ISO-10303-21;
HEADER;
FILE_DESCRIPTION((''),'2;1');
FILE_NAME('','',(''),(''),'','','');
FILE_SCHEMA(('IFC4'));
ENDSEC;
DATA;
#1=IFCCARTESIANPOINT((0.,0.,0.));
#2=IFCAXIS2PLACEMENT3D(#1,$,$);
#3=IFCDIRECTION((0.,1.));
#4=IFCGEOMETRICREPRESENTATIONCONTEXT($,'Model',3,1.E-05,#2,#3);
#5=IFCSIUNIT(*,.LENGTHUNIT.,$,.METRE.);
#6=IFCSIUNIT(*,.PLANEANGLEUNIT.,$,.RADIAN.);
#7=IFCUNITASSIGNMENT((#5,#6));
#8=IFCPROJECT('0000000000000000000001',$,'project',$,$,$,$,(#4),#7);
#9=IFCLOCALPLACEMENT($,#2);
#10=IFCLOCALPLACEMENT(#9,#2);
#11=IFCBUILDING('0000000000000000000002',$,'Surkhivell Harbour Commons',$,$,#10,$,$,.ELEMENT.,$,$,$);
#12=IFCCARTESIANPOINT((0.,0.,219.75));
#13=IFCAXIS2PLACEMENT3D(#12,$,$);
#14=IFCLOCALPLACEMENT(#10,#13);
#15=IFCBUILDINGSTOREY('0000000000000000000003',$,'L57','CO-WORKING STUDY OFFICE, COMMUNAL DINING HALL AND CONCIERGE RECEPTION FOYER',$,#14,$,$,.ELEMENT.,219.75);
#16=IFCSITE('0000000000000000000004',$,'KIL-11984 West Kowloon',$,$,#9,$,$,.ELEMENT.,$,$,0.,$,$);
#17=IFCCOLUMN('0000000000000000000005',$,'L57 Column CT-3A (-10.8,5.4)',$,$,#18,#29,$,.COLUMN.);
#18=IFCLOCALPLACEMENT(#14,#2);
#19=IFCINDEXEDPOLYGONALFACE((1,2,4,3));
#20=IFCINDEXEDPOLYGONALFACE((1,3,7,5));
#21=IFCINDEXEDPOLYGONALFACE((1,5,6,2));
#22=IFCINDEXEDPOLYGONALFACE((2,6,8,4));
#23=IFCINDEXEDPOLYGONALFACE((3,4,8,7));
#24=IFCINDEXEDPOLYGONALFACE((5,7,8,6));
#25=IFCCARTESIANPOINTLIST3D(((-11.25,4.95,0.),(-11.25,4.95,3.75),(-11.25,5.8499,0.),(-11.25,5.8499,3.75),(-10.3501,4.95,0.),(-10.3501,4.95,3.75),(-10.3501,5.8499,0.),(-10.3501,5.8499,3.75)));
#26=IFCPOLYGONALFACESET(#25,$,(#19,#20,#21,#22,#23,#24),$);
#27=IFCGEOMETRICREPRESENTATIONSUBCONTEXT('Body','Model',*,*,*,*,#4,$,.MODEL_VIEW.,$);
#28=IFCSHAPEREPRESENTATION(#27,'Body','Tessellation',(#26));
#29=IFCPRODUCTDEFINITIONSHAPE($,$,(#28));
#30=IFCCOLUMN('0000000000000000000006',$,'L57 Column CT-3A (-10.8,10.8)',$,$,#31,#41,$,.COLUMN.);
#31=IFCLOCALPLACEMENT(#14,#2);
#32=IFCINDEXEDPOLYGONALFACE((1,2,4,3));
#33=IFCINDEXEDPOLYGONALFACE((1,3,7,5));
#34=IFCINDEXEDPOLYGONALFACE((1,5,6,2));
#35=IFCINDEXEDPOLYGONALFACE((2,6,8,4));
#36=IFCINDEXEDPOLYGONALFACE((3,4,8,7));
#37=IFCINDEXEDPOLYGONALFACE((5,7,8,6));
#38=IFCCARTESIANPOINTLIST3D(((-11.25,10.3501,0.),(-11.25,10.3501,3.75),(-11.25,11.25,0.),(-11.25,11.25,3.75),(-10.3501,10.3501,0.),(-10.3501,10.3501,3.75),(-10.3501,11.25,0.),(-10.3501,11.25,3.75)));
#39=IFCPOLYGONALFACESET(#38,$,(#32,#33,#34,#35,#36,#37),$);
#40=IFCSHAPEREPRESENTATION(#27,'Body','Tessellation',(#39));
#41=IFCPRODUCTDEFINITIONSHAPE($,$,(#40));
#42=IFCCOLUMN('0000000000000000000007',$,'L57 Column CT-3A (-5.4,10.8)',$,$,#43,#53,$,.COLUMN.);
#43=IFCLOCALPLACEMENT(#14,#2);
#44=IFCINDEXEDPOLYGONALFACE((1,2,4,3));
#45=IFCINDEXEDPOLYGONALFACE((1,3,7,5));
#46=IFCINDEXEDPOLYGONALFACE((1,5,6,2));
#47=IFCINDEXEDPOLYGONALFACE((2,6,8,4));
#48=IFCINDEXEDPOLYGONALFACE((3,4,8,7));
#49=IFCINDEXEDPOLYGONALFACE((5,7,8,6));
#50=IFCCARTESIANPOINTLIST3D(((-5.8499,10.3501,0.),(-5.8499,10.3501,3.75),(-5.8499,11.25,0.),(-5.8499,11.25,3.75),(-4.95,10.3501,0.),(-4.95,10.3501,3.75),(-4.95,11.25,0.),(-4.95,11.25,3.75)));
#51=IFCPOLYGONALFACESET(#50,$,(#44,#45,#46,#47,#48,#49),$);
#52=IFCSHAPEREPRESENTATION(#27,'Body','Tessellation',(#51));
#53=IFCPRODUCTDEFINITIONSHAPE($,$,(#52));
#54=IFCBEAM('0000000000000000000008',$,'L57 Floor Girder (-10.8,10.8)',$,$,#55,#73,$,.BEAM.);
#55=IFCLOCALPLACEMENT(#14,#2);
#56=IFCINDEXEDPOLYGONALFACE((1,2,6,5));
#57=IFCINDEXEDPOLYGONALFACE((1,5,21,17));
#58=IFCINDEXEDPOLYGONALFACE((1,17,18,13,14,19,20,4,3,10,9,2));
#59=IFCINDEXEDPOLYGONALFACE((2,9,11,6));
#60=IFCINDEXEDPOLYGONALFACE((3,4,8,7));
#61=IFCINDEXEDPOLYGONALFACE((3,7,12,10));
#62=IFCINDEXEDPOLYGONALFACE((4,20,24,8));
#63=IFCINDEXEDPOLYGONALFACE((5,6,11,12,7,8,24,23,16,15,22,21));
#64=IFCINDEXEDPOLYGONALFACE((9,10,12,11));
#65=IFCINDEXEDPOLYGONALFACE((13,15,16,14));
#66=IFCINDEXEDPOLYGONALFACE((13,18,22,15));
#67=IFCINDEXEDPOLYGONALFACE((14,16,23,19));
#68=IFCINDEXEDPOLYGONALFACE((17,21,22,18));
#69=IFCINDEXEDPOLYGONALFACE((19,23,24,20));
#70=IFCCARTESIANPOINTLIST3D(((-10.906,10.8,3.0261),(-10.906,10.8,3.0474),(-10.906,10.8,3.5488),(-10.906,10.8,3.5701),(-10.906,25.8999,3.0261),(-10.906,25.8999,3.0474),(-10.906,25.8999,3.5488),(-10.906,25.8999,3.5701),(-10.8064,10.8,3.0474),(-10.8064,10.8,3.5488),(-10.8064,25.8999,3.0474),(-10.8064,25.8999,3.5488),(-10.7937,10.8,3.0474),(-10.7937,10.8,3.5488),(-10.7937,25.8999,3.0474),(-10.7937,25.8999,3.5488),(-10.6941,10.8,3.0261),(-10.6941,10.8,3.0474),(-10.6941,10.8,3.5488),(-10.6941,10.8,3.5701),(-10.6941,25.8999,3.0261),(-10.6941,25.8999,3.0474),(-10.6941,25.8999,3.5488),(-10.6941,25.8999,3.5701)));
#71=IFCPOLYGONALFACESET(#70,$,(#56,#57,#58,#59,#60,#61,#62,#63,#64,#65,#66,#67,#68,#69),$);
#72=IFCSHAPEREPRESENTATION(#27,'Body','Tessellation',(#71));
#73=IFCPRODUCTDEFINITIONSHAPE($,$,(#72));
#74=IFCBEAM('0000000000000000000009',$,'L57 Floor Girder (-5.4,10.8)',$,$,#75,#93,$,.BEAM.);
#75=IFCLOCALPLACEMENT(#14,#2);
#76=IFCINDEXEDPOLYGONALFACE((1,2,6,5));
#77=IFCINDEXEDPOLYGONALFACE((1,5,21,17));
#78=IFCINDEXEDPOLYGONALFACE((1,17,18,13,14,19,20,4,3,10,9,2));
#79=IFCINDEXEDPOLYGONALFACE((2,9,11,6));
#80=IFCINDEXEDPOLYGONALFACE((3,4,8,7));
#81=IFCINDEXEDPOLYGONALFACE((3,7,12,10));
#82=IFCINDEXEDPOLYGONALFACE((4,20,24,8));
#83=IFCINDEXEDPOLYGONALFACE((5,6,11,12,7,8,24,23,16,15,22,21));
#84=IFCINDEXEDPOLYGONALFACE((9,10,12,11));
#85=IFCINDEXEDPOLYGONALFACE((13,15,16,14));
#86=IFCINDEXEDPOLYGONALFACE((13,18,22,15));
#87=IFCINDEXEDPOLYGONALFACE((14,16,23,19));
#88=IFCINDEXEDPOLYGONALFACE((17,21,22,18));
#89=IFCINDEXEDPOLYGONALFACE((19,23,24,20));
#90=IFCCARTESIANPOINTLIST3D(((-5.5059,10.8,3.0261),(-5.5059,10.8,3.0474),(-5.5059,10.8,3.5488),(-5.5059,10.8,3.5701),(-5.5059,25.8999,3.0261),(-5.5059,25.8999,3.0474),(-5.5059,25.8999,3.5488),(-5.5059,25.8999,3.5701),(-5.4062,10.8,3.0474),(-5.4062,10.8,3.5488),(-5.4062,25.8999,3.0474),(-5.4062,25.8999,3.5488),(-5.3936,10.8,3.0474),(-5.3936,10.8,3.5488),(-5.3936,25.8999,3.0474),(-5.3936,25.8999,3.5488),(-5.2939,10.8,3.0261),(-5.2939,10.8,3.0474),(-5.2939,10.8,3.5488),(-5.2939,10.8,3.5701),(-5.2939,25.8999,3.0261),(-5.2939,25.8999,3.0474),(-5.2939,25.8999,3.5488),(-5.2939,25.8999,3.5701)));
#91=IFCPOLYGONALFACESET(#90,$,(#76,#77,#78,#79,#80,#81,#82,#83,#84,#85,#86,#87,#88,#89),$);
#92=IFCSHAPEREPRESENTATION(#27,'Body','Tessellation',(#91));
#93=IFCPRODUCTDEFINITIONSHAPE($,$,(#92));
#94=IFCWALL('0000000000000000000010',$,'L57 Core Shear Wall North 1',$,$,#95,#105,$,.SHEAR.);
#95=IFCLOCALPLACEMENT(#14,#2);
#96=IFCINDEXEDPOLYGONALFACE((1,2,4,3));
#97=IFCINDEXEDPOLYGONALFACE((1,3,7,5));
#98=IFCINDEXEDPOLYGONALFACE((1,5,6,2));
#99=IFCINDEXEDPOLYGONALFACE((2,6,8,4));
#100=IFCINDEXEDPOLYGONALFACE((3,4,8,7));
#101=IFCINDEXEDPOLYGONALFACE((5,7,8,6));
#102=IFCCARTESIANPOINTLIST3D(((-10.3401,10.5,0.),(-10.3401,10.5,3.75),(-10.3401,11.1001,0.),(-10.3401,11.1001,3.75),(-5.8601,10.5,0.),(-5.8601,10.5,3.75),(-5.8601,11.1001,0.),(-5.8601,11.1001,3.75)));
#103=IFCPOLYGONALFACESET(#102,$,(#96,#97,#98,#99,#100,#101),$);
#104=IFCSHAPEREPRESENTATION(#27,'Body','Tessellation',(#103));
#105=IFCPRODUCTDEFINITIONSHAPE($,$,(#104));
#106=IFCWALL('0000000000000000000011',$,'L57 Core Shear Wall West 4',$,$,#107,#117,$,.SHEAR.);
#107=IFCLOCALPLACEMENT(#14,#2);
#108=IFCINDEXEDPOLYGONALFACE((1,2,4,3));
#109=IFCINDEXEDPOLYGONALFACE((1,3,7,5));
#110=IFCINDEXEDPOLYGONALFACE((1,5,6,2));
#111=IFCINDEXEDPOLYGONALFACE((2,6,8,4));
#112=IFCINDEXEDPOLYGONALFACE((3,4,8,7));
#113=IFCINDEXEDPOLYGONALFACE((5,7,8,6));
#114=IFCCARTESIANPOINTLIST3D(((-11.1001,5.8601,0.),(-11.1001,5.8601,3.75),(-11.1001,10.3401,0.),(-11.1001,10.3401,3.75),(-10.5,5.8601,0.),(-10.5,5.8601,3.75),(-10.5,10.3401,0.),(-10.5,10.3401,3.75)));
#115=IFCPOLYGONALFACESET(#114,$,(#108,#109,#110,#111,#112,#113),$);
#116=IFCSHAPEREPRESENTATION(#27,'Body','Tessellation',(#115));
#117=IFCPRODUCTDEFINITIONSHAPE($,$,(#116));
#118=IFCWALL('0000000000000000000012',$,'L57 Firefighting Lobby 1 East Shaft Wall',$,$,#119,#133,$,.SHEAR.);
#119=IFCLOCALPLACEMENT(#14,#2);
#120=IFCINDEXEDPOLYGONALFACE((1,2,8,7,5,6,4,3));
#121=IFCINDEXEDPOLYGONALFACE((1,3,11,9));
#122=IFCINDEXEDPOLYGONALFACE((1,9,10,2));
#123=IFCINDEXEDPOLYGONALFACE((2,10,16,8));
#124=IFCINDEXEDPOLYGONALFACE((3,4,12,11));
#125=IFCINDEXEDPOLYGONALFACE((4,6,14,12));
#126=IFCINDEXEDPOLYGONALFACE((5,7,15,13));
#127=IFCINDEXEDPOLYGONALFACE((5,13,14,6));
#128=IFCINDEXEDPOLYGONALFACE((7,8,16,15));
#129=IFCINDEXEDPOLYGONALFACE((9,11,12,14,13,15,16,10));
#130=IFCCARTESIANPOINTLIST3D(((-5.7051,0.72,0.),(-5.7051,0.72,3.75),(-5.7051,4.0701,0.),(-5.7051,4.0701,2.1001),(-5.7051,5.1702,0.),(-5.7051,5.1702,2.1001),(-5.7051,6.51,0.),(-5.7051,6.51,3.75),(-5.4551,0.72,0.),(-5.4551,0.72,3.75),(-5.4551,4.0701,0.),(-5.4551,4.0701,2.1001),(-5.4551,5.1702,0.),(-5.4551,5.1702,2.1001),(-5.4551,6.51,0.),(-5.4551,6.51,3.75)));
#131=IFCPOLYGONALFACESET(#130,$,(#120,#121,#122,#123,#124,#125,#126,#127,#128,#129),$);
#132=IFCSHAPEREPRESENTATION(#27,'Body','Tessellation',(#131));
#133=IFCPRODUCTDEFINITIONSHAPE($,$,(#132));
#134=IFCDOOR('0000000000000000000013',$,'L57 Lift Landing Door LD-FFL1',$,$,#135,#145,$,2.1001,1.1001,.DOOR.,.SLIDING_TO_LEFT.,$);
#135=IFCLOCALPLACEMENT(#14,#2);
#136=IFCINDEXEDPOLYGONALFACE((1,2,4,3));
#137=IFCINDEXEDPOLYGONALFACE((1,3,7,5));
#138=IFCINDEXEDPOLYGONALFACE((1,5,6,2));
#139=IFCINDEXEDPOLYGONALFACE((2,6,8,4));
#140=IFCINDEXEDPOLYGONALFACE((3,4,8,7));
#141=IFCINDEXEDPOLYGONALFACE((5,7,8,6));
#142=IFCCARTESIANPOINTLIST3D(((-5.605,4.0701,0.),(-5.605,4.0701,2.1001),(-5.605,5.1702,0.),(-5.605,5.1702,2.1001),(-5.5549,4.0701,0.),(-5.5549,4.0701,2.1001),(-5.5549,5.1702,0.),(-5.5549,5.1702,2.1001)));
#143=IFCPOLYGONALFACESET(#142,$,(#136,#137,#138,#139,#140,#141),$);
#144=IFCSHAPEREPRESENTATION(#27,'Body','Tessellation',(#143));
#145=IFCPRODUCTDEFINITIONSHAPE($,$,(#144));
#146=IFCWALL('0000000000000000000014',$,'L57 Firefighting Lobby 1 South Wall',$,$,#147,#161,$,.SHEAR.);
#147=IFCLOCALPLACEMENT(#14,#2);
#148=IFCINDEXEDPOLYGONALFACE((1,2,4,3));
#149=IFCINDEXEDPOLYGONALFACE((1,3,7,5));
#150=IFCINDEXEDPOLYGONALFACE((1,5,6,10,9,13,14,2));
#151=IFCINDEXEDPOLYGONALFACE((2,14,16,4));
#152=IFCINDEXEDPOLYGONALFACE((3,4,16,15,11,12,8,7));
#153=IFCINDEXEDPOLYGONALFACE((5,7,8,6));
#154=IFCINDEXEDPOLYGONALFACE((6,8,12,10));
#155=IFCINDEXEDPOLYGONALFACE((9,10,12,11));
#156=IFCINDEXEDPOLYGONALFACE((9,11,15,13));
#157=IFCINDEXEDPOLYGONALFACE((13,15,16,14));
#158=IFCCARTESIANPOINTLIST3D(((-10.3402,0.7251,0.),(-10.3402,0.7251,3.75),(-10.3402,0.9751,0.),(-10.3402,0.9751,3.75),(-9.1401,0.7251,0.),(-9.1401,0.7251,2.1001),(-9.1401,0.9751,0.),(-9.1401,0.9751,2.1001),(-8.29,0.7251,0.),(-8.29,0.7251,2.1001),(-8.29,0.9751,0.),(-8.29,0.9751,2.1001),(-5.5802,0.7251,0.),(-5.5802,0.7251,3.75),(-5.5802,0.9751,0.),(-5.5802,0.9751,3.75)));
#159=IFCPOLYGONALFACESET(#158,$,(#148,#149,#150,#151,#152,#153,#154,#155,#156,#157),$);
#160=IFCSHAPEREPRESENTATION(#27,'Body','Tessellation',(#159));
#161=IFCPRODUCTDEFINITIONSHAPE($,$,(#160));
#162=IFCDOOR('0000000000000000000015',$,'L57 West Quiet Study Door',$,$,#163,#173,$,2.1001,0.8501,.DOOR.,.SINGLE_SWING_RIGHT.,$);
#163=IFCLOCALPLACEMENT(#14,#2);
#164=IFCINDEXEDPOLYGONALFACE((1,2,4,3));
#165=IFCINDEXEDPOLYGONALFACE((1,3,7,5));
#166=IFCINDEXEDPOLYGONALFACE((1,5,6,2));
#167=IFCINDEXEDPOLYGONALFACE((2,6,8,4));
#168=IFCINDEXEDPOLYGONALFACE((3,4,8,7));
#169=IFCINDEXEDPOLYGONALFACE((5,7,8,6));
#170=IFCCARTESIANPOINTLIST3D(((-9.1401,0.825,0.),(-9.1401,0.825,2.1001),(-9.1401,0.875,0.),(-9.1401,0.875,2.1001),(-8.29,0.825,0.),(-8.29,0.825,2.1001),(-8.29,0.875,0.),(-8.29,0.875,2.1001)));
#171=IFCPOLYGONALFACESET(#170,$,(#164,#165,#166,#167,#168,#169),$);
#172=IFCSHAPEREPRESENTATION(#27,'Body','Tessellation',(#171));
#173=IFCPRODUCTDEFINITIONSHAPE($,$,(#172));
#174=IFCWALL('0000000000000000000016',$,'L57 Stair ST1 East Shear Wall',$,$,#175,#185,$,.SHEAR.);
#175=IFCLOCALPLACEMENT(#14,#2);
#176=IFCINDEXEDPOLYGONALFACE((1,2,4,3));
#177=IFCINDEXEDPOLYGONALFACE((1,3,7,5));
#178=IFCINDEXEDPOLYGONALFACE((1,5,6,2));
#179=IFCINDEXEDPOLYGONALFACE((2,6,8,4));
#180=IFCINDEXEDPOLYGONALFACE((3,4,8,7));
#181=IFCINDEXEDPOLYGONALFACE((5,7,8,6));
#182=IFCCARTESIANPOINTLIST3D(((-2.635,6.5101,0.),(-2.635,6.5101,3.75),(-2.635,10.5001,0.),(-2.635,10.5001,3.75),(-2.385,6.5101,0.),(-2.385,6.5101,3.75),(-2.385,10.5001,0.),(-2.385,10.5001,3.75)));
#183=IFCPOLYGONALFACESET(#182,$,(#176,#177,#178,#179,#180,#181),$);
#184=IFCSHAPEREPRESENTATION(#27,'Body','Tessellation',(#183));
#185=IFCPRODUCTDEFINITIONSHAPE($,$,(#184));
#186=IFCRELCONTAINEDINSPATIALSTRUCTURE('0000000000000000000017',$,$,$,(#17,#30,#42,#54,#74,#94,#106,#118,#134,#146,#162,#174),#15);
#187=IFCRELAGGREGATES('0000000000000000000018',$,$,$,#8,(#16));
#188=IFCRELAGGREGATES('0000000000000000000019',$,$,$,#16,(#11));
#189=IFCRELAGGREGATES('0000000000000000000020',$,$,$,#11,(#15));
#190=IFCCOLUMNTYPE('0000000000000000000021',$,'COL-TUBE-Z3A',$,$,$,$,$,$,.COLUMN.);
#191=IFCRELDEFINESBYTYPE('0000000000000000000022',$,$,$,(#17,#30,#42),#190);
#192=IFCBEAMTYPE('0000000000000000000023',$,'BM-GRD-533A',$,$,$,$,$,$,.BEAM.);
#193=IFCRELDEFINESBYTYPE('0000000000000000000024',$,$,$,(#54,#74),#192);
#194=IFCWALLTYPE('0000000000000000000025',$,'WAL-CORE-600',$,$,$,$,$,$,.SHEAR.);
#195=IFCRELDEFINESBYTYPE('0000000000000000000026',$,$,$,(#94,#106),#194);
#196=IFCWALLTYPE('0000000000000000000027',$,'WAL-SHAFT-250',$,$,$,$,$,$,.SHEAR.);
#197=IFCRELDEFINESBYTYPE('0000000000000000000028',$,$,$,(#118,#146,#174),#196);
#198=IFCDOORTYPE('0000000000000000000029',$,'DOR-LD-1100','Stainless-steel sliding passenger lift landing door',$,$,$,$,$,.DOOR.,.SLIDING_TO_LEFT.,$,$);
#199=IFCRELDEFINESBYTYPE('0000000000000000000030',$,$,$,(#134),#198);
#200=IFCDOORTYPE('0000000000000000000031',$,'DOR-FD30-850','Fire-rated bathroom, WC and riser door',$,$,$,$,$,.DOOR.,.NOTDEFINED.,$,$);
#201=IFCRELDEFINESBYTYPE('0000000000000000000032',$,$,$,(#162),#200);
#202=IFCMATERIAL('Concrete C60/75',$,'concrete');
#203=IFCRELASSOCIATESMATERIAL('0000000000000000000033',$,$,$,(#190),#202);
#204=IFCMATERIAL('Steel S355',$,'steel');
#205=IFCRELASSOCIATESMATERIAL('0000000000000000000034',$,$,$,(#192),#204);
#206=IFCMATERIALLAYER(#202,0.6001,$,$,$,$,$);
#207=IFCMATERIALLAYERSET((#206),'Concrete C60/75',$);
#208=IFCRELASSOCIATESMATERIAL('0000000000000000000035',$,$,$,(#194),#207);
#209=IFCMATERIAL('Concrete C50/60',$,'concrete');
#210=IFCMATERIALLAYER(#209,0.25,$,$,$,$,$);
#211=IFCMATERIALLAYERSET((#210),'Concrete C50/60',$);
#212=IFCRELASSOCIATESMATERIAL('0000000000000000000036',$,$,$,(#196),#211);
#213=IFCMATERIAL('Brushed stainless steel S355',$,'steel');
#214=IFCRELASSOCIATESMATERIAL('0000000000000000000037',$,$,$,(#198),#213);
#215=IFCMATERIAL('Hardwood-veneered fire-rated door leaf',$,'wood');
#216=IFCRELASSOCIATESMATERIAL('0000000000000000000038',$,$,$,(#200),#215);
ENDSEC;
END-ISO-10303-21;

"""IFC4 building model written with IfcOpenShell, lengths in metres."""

from ifc_helpers import new_model, si_unit, direction, frame, frame_2d, origin, origin_2d, place, context, subcontext, project, spatial, rectangle, i_section, extrude, material, layer, layer_set, material_profile, profile_set, type_object, element, fill, save


model = new_model("IFC4")

# Units and contexts
model_context = context("Model", 3, precision=1e-05, world=origin(), true_north=direction((0.0, 1.0)))
body_context = subcontext(model_context, "Body", "Model", "MODEL_VIEW")
ifc_project = project(units=[si_unit("LENGTHUNIT", "METRE"), si_unit("PLANEANGLEUNIT", "RADIAN")], contexts=[model_context])

# Site, building, storey
site_placement = place(None, origin())
site = spatial("IfcSite", under=ifc_project, at=site_placement, Name="KIL-11984 West Kowloon", CompositionType="ELEMENT", RefElevation=0.0)
building_placement = place(site_placement, origin())
building = spatial("IfcBuilding", under=site, at=building_placement, Name="Surkhivell Harbour Commons", CompositionType="ELEMENT")
storey_placement = place(building_placement, frame((0.0, 0.0, 219.75)))
storey = spatial("IfcBuildingStorey", under=building, at=storey_placement, Name="L57", Description="CO-WORKING STUDY OFFICE, COMMUNAL DINING HALL AND CONCIERGE RECEPTION FOYER", CompositionType="ELEMENT", Elevation=219.75)

# Columns
ifc_material_1 = material(Name="Concrete C60/75", Category="concrete")
ifc_material_profile_1 = material_profile(ifc_material_1, rectangle(XDim=0.8999, YDim=0.8999, at=origin_2d()), Name="RC-COL-900x900")
ifc_profile_set_1 = profile_set([ifc_material_profile_1], Name="Concrete C60/75")
column_type = type_object("IfcColumnType", Name="COL-TUBE-Z3A", PredefinedType="COLUMN", material=ifc_profile_set_1)
for number, where, z_axis, x_axis, name in (
    (1, (-10.8, 5.3999, 0.0), (0.0, 0.0, 1.0), (1.0, 0.0, 0.0), "L57 Column CT-3A (-10.8,5.4)"),
    (2, (-10.8, 10.8, 0.0), (0.0, 0.0, 1.0), (1.0, 0.0, 0.0), "L57 Column CT-3A (-10.8,10.8)"),
    (3, (-5.3999, 10.8, 0.0), (0.0, 0.0, 1.0), (1.0, 0.0, 0.0), "L57 Column CT-3A (-5.4,10.8)"),
):
    element("IfcColumn", number, at=place(storey_placement, frame(where, z_axis=z_axis, x_axis=x_axis)), inside=storey, type_object=column_type, Name=name, PredefinedType="COLUMN", context=body_context, shape_type="SweptSolid", body=[
        extrude(rectangle(XDim=0.8999, YDim=0.8999, at=origin_2d()), origin(), (0.0, 0.0, 1.0), 3.75),
    ])

# Beams
ifc_material_2 = material(Name="Steel S355", Category="steel")
ifc_material_profile_2 = material_profile(ifc_material_2, i_section(OverallWidth=0.2119, OverallDepth=0.5439, WebThickness=0.0127, FlangeThickness=0.0212, at=origin_2d()), Name="UB533x210x122")
ifc_profile_set_2 = profile_set([ifc_material_profile_2], Name="Steel S355")
beam_type = type_object("IfcBeamType", Name="BM-GRD-533A", PredefinedType="BEAM", material=ifc_profile_set_2)
for number, where, z_axis, x_axis, name in (
    (4, (-10.8, 10.8, 3.2981), (0.0, 1.0, 0.0), (-1.0, 0.0, 0.0), "L57 Floor Girder (-10.8,10.8)"),
    (5, (-5.3999, 10.8, 3.2981), (0.0, 1.0, 0.0), (-1.0, 0.0, 0.0), "L57 Floor Girder (-5.4,10.8)"),
):
    element("IfcBeam", number, at=place(storey_placement, frame(where, z_axis=z_axis, x_axis=x_axis)), inside=storey, type_object=beam_type, Name=name, PredefinedType="BEAM", context=body_context, shape_type="SweptSolid", body=[
        extrude(i_section(OverallWidth=0.2119, OverallDepth=0.5439, WebThickness=0.0127, FlangeThickness=0.0212, at=origin_2d()), origin(), (0.0, 0.0, 1.0), 15.0999),
    ])

# Walls
ifc_layer_1 = layer(ifc_material_1, 0.6001)
ifc_layer_set_1 = layer_set([ifc_layer_1], Name="Concrete C60/75")
wall_type_1 = type_object("IfcWallType", Name="WAL-CORE-600", PredefinedType="SHEAR", material=ifc_layer_set_1)
for number, where, z_axis, x_axis, name in (
    (6, (-10.3401, 10.8, 0.0), (0.0, 0.0, 1.0), (1.0, 0.0, 0.0), "L57 Core Shear Wall North 1"),
    (7, (-10.8, 5.8601, 0.0), (0.0, 0.0, 1.0), (0.0, 1.0, 0.0), "L57 Core Shear Wall West 4"),
):
    element("IfcWall", number, at=place(storey_placement, frame(where, z_axis=z_axis, x_axis=x_axis)), inside=storey, type_object=wall_type_1, Name=name, PredefinedType="SHEAR", context=body_context, shape_type="SweptSolid", body=[
        extrude(rectangle(XDim=4.48, YDim=0.6001, at=frame_2d((2.24, 0.0))), origin(), (0.0, 0.0, 1.0), 3.75),
    ])

# Walls, openings, doors
ifc_material_3 = material(Name="Concrete C50/60", Category="concrete")
ifc_layer_2 = layer(ifc_material_3, 0.25)
ifc_layer_set_2 = layer_set([ifc_layer_2], Name="Concrete C50/60")
wall_type_2 = type_object("IfcWallType", Name="WAL-SHAFT-250", PredefinedType="SHEAR", material=ifc_layer_set_2)
wall_1_placement = place(storey_placement, frame((-5.5801, 0.72, 0.0), z_axis=(0.0, 0.0, 1.0), x_axis=(0.0, 1.0, 0.0)))
wall_1 = element("IfcWall", 8, at=wall_1_placement, inside=storey, type_object=wall_type_2, Name="L57 Firefighting Lobby 1 East Shaft Wall", PredefinedType="SHEAR", context=body_context, shape_type="SweptSolid", body=[
    extrude(rectangle(XDim=5.79, YDim=0.25, at=frame_2d((2.895, 0.0))), origin(), (0.0, 0.0, 1.0), 3.75),
])
opening_1_placement = place(wall_1_placement, frame((3.3501, 0.0, 0.0)))
opening_1 = element("IfcOpeningElement", 9, at=opening_1_placement, cuts=wall_1, PredefinedType="OPENING", context=body_context, shape_type="SweptSolid", body=[
    extrude(rectangle(XDim=1.1001, YDim=2.1001, at=frame_2d((0.55, 1.05))), frame((0.0, 0.135, 0.0), z_axis=(0.0, -1.0, 0.0), x_axis=(1.0, 0.0, 0.0)), (0.0, 0.0, 1.0), 0.27),
])
ifc_material_4 = material(Name="Brushed stainless steel S355", Category="steel")
door_type_1 = type_object("IfcDoorType", Name="DOR-LD-1100", Description="Stainless-steel sliding passenger lift landing door", OperationType="SLIDING_TO_LEFT", PredefinedType="DOOR", material=ifc_material_4)
door_1_placement = place(opening_1_placement, origin())
door_1 = element("IfcDoor", 10, at=door_1_placement, inside=storey, type_object=door_type_1, Name="L57 Lift Landing Door LD-FFL1", OperationType="SLIDING_TO_LEFT", OverallHeight=2.1001, OverallWidth=1.1001, PredefinedType="DOOR", context=body_context, shape_type="SweptSolid", body=[
    extrude(rectangle(XDim=1.1001, YDim=2.1001, at=frame_2d((0.55, 1.05))), frame((0.0, 0.0249, 0.0), z_axis=(0.0, -1.0, 0.0), x_axis=(1.0, 0.0, 0.0)), (0.0, 0.0, 1.0), 0.05),
])
fill(opening_1, door_1)
wall_2_placement = place(storey_placement, frame((-10.3401, 0.8501, 0.0), z_axis=(0.0, 0.0, 1.0), x_axis=(1.0, 0.0, 0.0)))
wall_2 = element("IfcWall", 11, at=wall_2_placement, inside=storey, type_object=wall_type_2, Name="L57 Firefighting Lobby 1 South Wall", PredefinedType="SHEAR", context=body_context, shape_type="SweptSolid", body=[
    extrude(rectangle(XDim=4.76, YDim=0.25, at=frame_2d((2.3799, 0.0))), origin(), (0.0, 0.0, 1.0), 3.75),
])
opening_2_placement = place(wall_2_placement, frame((1.2, 0.0, 0.0)))
opening_2 = element("IfcOpeningElement", 12, at=opening_2_placement, cuts=wall_2, PredefinedType="OPENING", context=body_context, shape_type="SweptSolid", body=[
    extrude(rectangle(XDim=0.8501, YDim=2.1001, at=frame_2d((0.425, 1.05))), frame((0.0, 0.135, 0.0), z_axis=(0.0, -1.0, 0.0), x_axis=(1.0, 0.0, 0.0)), (0.0, 0.0, 1.0), 0.27),
])
ifc_material_5 = material(Name="Hardwood-veneered fire-rated door leaf", Category="wood")
door_type_2 = type_object("IfcDoorType", Name="DOR-FD30-850", Description="Fire-rated bathroom, WC and riser door", OperationType="NOTDEFINED", PredefinedType="DOOR", material=ifc_material_5)
door_2_placement = place(opening_2_placement, origin())
door_2 = element("IfcDoor", 13, at=door_2_placement, inside=storey, type_object=door_type_2, Name="L57 West Quiet Study Door", OperationType="SINGLE_SWING_RIGHT", OverallHeight=2.1001, OverallWidth=0.8501, PredefinedType="DOOR", context=body_context, shape_type="SweptSolid", body=[
    extrude(rectangle(XDim=0.8501, YDim=2.1001, at=frame_2d((0.425, 1.05))), frame((0.0, 0.0249, 0.0), z_axis=(0.0, -1.0, 0.0), x_axis=(1.0, 0.0, 0.0)), (0.0, 0.0, 1.0), 0.05),
])
fill(opening_2, door_2)

# Wall
wall_3_placement = place(storey_placement, frame((-2.51, 6.51, 0.0), z_axis=(0.0, 0.0, 1.0), x_axis=(0.0, 1.0, 0.0)))
element("IfcWall", 14, at=wall_3_placement, inside=storey, type_object=wall_type_2, Name="L57 Stair ST1 East Shear Wall", PredefinedType="SHEAR", context=body_context, shape_type="SweptSolid", body=[
    extrude(rectangle(XDim=3.99, YDim=0.25, at=frame_2d((1.9951, 0.0))), origin(), (0.0, 0.0, 1.0), 3.75),
])

save(model, "model.ifc")
